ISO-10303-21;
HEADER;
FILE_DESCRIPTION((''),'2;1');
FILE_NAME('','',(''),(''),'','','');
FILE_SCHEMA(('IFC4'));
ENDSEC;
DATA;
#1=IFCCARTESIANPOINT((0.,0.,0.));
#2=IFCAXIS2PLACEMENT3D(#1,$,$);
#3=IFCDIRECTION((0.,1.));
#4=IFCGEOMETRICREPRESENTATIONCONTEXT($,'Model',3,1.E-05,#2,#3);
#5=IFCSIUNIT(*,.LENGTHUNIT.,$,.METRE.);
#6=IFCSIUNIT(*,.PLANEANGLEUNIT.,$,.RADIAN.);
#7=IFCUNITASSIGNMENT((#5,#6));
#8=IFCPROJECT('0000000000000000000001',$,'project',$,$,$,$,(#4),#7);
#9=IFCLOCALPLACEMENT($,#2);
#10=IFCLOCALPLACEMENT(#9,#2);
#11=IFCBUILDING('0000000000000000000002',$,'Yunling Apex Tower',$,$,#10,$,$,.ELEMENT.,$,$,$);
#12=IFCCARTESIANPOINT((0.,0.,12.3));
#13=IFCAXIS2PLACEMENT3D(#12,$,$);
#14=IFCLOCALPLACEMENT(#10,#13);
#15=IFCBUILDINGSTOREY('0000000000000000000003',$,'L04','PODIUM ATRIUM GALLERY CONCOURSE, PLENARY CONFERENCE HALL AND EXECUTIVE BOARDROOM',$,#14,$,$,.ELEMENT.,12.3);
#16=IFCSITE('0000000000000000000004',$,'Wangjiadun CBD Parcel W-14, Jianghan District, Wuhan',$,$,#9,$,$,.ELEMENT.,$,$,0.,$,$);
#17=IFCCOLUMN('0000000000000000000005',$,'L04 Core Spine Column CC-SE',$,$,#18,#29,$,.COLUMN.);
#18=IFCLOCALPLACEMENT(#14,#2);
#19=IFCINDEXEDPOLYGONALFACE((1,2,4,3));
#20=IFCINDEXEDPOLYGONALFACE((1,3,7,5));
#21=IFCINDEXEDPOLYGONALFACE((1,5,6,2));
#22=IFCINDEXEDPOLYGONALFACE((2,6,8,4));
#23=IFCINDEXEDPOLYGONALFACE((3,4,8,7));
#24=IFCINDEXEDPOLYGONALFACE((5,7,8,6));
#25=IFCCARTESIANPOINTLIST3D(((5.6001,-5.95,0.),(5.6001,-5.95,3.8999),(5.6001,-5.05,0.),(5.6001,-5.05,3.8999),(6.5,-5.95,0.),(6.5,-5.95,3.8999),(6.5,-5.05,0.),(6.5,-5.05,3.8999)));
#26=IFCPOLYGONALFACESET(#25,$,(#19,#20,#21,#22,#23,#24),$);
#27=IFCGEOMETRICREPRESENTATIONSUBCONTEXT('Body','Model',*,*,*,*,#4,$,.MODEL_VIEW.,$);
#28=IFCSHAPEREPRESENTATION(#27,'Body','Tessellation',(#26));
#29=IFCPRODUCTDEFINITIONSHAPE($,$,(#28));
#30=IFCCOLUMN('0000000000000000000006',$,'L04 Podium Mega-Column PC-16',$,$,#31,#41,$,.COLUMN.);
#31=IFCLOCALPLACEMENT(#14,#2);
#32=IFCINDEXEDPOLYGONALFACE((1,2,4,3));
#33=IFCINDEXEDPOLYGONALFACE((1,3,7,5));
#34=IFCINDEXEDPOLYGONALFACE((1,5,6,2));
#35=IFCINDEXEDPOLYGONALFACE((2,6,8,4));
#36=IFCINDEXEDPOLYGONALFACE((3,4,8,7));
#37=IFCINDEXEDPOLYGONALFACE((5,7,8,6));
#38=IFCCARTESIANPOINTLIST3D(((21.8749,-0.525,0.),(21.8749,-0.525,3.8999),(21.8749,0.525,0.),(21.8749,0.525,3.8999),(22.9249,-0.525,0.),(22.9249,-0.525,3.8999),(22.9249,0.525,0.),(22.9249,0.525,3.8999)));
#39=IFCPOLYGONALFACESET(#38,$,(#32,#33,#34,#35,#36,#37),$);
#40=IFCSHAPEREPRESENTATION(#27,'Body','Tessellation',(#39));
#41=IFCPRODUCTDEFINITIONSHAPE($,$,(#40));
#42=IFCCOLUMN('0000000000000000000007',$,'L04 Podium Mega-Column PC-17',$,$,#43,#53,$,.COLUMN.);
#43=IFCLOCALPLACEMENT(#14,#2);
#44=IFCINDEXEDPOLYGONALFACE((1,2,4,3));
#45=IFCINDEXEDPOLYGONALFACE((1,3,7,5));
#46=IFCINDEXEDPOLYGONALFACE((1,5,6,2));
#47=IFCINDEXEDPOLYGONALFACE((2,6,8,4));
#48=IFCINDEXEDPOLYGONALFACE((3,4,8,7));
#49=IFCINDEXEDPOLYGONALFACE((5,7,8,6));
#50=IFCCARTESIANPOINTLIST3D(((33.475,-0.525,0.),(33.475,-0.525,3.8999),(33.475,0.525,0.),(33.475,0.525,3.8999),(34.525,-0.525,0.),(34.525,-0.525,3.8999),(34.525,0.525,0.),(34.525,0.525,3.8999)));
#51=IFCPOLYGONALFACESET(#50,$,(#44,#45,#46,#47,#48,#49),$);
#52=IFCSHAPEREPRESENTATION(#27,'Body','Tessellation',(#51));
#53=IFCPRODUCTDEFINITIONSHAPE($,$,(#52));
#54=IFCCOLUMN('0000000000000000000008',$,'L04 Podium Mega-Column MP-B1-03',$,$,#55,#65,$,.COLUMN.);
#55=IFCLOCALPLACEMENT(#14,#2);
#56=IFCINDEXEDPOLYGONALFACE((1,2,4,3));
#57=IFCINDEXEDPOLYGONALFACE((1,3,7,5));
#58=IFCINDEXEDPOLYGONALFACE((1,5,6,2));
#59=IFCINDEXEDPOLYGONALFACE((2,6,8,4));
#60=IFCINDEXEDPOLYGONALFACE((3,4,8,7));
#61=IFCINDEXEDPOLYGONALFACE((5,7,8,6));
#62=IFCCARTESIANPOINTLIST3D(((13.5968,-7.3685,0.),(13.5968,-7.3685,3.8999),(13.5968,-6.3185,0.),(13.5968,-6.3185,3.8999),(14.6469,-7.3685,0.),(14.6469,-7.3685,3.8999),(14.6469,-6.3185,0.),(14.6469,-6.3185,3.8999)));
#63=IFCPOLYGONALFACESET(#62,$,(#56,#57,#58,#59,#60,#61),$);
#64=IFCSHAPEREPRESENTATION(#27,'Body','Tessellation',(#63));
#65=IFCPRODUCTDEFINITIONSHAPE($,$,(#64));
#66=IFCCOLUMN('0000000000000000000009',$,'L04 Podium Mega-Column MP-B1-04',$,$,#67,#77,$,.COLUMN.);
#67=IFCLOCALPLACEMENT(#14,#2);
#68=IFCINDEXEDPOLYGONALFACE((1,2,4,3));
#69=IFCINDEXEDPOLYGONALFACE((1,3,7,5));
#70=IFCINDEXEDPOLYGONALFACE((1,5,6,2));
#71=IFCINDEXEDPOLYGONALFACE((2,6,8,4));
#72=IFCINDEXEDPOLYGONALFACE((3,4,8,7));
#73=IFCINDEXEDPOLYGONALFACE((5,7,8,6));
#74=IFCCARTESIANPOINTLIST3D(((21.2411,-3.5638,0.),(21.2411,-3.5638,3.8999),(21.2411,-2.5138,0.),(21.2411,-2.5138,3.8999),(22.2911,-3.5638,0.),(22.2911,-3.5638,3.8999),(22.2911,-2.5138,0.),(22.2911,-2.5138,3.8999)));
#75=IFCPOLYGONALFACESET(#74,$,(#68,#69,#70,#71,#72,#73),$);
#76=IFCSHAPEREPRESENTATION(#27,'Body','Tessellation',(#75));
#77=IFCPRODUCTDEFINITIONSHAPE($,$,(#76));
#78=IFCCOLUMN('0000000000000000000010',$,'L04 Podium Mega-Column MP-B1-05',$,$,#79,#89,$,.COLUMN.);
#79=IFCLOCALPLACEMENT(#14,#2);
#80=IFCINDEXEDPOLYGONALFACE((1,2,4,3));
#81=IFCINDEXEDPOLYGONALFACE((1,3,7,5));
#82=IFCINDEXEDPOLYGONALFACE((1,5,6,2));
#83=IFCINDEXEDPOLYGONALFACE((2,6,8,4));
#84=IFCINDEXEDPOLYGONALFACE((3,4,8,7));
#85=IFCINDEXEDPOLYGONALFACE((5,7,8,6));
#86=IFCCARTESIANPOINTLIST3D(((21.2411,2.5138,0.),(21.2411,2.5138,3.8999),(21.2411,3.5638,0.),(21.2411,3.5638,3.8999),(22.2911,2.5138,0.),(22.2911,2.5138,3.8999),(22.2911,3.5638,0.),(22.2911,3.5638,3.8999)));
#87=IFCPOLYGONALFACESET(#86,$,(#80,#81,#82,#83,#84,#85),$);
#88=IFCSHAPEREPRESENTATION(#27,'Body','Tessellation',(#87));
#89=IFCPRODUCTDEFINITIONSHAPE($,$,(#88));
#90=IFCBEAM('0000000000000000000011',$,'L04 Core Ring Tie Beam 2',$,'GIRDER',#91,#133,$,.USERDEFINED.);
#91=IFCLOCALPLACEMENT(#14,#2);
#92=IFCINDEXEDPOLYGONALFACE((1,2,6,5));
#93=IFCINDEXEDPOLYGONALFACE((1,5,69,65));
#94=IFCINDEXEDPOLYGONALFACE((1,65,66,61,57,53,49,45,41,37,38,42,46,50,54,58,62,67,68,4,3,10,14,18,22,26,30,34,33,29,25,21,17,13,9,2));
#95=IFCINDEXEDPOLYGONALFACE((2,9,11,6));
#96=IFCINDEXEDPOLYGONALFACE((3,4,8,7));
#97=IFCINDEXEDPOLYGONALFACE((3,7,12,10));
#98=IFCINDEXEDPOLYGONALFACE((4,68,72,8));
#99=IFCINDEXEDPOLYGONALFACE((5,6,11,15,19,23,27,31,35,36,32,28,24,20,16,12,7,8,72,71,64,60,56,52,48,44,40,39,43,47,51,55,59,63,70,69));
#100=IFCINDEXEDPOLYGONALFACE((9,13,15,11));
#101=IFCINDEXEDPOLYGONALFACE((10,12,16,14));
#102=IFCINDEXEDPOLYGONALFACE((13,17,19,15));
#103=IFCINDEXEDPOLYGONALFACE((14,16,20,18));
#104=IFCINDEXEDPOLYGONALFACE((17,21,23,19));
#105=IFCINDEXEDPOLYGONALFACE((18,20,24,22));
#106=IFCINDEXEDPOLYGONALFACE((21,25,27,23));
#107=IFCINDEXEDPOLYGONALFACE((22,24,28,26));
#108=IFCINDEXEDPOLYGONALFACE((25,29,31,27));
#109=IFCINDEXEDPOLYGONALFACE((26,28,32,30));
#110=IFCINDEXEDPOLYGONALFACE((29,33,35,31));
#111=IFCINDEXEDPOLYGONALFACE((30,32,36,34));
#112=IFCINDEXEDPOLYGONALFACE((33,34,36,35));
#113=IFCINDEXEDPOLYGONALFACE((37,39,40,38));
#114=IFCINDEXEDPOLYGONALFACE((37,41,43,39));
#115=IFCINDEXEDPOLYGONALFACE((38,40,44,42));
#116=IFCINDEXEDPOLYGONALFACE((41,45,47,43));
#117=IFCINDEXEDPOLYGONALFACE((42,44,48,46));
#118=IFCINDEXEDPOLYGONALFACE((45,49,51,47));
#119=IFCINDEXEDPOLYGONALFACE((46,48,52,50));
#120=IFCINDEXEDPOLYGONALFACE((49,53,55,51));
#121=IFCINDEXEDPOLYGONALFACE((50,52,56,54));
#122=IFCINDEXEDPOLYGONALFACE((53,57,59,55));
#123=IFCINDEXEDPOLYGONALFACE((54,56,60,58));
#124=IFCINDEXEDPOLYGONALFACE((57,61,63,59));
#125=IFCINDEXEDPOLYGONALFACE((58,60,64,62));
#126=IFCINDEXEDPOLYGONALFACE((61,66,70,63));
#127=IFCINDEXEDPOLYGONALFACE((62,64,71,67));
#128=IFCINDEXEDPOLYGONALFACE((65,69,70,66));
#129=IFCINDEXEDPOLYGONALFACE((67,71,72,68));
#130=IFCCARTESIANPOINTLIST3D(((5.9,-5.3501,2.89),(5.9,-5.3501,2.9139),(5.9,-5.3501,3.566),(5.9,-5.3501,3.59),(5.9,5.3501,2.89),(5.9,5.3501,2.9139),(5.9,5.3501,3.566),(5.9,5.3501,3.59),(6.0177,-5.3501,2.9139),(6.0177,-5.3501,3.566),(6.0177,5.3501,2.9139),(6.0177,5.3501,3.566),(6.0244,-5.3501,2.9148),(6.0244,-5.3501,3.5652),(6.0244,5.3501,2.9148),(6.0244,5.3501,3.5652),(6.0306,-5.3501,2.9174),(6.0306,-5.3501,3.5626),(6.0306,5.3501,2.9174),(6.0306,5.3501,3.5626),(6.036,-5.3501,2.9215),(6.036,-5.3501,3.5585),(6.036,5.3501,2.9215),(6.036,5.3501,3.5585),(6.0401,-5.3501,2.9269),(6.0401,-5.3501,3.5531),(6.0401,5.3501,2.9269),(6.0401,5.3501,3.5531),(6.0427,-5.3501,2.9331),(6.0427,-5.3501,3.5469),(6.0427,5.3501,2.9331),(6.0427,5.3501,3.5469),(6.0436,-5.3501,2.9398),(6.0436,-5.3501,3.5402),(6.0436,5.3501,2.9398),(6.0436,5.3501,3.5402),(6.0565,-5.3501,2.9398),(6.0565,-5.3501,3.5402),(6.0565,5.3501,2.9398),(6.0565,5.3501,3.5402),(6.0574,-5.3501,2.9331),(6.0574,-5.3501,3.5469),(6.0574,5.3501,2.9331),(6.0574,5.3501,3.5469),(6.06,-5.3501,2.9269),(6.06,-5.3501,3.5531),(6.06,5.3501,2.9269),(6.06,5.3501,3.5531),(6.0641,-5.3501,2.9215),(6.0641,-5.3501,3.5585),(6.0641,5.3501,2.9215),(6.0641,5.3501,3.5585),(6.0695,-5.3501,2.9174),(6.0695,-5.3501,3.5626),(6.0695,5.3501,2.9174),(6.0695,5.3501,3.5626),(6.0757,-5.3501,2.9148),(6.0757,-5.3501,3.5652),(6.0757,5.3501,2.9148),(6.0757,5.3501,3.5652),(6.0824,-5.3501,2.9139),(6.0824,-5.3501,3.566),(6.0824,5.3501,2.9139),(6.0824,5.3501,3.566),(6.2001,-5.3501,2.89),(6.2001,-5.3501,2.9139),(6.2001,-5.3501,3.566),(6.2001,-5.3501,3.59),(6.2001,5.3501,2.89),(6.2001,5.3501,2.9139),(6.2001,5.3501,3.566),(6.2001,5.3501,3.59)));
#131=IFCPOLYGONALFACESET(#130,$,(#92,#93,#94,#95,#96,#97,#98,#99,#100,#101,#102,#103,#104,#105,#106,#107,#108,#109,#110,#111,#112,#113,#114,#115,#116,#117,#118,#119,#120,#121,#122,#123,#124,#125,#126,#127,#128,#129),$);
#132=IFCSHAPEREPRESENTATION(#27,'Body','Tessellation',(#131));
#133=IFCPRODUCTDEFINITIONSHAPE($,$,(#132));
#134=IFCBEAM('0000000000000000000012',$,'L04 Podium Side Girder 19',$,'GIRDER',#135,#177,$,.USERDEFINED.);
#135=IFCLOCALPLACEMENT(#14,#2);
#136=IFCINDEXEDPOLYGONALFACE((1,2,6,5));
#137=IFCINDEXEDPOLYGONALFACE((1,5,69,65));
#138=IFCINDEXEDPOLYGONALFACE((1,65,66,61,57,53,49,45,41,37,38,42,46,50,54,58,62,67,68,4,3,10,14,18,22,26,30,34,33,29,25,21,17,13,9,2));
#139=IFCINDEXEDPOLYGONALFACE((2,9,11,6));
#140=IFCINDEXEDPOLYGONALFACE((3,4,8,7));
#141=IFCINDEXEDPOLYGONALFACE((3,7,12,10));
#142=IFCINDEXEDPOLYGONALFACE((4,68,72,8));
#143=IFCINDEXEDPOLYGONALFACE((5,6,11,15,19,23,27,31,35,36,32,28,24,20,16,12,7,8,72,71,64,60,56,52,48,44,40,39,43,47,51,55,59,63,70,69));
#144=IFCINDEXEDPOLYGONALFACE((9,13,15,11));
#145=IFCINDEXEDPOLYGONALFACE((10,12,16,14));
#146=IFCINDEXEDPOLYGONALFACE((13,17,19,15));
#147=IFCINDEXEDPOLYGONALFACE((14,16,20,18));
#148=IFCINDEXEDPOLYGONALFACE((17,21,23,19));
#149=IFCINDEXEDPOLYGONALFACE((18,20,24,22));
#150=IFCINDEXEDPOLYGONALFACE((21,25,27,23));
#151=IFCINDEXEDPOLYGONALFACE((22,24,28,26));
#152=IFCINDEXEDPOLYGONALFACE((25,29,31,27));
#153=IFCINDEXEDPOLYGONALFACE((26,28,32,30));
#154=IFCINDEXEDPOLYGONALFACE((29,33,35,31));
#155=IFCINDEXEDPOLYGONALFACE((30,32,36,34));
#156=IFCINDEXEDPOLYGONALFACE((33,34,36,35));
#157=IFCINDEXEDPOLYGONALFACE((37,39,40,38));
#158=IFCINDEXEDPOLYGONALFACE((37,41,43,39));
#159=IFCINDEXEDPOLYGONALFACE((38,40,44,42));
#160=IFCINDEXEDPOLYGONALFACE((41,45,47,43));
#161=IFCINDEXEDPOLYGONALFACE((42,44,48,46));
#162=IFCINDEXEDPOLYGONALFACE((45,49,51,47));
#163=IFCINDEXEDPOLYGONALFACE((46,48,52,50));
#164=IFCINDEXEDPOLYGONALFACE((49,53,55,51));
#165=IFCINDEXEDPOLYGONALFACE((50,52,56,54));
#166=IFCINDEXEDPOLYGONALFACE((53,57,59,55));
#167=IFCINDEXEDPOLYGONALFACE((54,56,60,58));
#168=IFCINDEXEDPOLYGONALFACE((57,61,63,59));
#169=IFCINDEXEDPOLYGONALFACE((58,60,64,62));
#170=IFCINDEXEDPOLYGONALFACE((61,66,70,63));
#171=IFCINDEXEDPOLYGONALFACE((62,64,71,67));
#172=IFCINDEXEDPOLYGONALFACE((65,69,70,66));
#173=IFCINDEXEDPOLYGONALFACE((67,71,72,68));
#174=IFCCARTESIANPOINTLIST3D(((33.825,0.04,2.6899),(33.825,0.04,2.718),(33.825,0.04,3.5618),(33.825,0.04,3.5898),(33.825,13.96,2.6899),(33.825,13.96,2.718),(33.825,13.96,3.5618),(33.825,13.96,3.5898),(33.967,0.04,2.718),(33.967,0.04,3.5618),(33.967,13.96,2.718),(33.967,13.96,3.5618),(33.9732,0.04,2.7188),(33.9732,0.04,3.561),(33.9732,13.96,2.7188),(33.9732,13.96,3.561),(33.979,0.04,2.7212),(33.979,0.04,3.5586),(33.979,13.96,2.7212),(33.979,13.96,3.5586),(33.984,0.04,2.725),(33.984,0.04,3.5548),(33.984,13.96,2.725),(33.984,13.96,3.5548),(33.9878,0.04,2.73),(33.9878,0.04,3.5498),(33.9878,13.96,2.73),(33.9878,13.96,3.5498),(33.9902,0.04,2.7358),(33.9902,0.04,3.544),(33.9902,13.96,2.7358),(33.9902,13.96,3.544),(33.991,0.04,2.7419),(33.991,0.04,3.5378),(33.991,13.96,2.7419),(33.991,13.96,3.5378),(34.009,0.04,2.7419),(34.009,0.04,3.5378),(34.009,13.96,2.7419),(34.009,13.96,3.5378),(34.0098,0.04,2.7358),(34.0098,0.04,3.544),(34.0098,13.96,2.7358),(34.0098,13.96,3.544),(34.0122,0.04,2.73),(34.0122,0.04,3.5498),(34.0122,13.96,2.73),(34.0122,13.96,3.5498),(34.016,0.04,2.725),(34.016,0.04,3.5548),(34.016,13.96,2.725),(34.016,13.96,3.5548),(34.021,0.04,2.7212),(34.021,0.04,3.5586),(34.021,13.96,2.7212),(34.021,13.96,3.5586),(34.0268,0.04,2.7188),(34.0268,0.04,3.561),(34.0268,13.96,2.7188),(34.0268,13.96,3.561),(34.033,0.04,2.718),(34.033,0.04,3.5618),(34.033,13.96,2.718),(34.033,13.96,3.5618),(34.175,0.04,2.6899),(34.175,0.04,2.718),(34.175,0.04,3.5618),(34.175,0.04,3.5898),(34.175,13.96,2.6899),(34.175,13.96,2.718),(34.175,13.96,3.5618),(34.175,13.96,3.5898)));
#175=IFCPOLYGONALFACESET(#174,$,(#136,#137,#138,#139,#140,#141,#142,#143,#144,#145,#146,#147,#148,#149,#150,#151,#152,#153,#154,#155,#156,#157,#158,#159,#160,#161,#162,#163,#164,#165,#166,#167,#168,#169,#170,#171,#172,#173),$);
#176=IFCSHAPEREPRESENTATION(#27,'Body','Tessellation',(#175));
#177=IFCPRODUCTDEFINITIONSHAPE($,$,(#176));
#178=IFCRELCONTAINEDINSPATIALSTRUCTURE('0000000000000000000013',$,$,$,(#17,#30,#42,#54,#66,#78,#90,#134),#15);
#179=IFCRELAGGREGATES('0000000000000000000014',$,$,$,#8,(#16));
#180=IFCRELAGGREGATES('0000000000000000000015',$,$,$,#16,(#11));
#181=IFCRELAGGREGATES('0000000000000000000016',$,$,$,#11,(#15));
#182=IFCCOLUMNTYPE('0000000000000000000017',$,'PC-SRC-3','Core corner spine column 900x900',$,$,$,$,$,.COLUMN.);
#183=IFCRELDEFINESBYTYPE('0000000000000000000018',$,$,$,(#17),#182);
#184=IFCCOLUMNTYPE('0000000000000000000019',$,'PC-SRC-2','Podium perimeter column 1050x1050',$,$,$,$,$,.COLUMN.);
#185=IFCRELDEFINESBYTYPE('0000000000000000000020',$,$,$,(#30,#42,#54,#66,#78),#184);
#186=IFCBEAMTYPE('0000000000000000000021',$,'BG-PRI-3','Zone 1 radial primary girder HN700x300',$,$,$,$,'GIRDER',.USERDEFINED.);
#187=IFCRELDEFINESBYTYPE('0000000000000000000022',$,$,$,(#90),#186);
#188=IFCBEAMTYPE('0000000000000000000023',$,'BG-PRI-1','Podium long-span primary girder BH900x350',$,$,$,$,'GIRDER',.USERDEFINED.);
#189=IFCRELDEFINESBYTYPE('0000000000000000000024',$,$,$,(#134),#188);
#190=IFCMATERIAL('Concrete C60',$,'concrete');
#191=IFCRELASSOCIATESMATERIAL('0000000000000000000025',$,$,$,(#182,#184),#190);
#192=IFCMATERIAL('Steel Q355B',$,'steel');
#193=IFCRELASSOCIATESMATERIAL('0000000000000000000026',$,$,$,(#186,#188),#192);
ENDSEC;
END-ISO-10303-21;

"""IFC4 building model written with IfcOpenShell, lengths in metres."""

from ifc_helpers import new_model, si_unit, direction, frame, origin, origin_2d, place, context, subcontext, project, spatial, rectangle, i_section, extrude, source, transform, mapped, material, material_profile, profile_set, type_object, element, save


model = new_model("IFC4")

# Units and contexts
model_context = context("Model", 3, precision=1e-05, world=origin(), true_north=direction((0.0, 1.0)))
body_context = subcontext(model_context, "Body", "Model", "MODEL_VIEW")
ifc_project = project(units=[si_unit("LENGTHUNIT", "METRE"), si_unit("PLANEANGLEUNIT", "RADIAN")], contexts=[model_context])

# Site, building, storey
site_placement = place(None, origin())
site = spatial("IfcSite", under=ifc_project, at=site_placement, Name="Wangjiadun CBD Parcel W-14, Jianghan District, Wuhan", CompositionType="ELEMENT", RefElevation=0.0)
building_placement = place(site_placement, origin())
building = spatial("IfcBuilding", under=site, at=building_placement, Name="Yunling Apex Tower", CompositionType="ELEMENT")
storey_placement = place(building_placement, frame((0.0, 0.0, 12.3)))
storey = spatial("IfcBuildingStorey", under=building, at=storey_placement, Name="L04", Description="PODIUM ATRIUM GALLERY CONCOURSE, PLENARY CONFERENCE HALL AND EXECUTIVE BOARDROOM", CompositionType="ELEMENT", Elevation=12.3)

# Columns
ifc_material_1 = material(Name="Concrete C60", Category="concrete")
ifc_material_profile_1 = material_profile(ifc_material_1, rectangle(XDim=0.8999, YDim=0.8999, at=origin_2d()))
ifc_profile_set_1 = profile_set([ifc_material_profile_1], Name="Concrete C60")
column_type_1 = type_object("IfcColumnType", Name="PC-SRC-3", Description="Core corner spine column 900x900", PredefinedType="COLUMN", material=ifc_profile_set_1)
shared_shape_1 = source(origin(), body_context, "Body", "SweptSolid", [
    extrude(rectangle(XDim=0.8999, YDim=0.8999, at=origin_2d()), origin(), (0.0, 0.0, 1.0), 3.8999),
])
column_placement = place(storey_placement, frame((6.05, -5.5, 0.0), z_axis=(0.0, 0.0, 1.0), x_axis=(1.0, 0.0, 0.0)))
element("IfcColumn", 1, at=column_placement, inside=storey, type_object=column_type_1, Name="L04 Core Spine Column CC-SE", PredefinedType="COLUMN", context=body_context, shape_type="MappedRepresentation", body=[
    mapped(shared_shape_1, transform((0.0, 0.0, 0.0), scale=1.0)),
])
ifc_material_profile_2 = material_profile(ifc_material_1, rectangle(XDim=1.05, YDim=1.05, at=origin_2d()))
ifc_profile_set_2 = profile_set([ifc_material_profile_2], Name="Concrete C60")
column_type_2 = type_object("IfcColumnType", Name="PC-SRC-2", Description="Podium perimeter column 1050x1050", PredefinedType="COLUMN", material=ifc_profile_set_2)
shared_shape_2 = source(origin(), body_context, "Body", "SweptSolid", [
    extrude(rectangle(XDim=1.05, YDim=1.05, at=origin_2d()), origin(), (0.0, 0.0, 1.0), 3.8999),
])
for number, where, z_axis, x_axis, name in (
    (2, (22.3999, 0.0, 0.0), (0.0, 0.0, 1.0), (1.0, 0.0, 0.0), "L04 Podium Mega-Column PC-16"),
    (3, (34.0, 0.0, 0.0), (0.0, 0.0, 1.0), (1.0, 0.0, 0.0), "L04 Podium Mega-Column PC-17"),
    (4, (14.1218, -6.8435, 0.0), (0.0, 0.0, 1.0), (1.0, 0.0, 0.0), "L04 Podium Mega-Column MP-B1-03"),
    (5, (21.7661, -3.0388, 0.0), (0.0, 0.0, 1.0), (1.0, 0.0, 0.0), "L04 Podium Mega-Column MP-B1-04"),
    (6, (21.7661, 3.0388, 0.0), (0.0, 0.0, 1.0), (1.0, 0.0, 0.0), "L04 Podium Mega-Column MP-B1-05"),
):
    element("IfcColumn", number, at=place(storey_placement, frame(where, z_axis=z_axis, x_axis=x_axis)), inside=storey, type_object=column_type_2, Name=name, PredefinedType="COLUMN", context=body_context, shape_type="MappedRepresentation", body=[
        mapped(shared_shape_2, transform((0.0, 0.0, 0.0), scale=1.0)),
    ])

# Beams
ifc_material_2 = material(Name="Steel Q355B", Category="steel")
ifc_material_profile_3 = material_profile(ifc_material_2, i_section(OverallWidth=0.3, OverallDepth=0.7, WebThickness=0.0129, FlangeThickness=0.0239, FilletRadius=0.0259, at=origin_2d()))
ifc_profile_set_3 = profile_set([ifc_material_profile_3], Name="Steel Q355B")
beam_type_1 = type_object("IfcBeamType", Name="BG-PRI-3", Description="Zone 1 radial primary girder HN700x300", ElementType="GIRDER", PredefinedType="USERDEFINED", material=ifc_profile_set_3)
shared_shape_3 = source(origin(), body_context, "Body", "SweptSolid", [
    extrude(i_section(OverallWidth=0.3, OverallDepth=0.7, WebThickness=0.0129, FlangeThickness=0.0239, FilletRadius=0.0259, at=origin_2d()), origin(), (0.0, 0.0, 1.0), 10.7002),
])
beam_1_placement = place(storey_placement, frame((6.05, -5.3501, 3.24), z_axis=(0.0, 1.0, 0.0), x_axis=(-1.0, 0.0, 0.0)))
element("IfcBeam", 7, at=beam_1_placement, inside=storey, type_object=beam_type_1, Name="L04 Core Ring Tie Beam 2", ObjectType="GIRDER", PredefinedType="USERDEFINED", context=body_context, shape_type="MappedRepresentation", body=[
    mapped(shared_shape_3, transform((0.0, 0.0, 0.0), scale=1.0)),
])
ifc_material_profile_4 = material_profile(ifc_material_2, i_section(OverallWidth=0.3501, OverallDepth=0.8999, WebThickness=0.0181, FlangeThickness=0.0281, FilletRadius=0.0239, at=origin_2d()))
ifc_profile_set_4 = profile_set([ifc_material_profile_4], Name="Steel Q355B")
beam_type_2 = type_object("IfcBeamType", Name="BG-PRI-1", Description="Podium long-span primary girder BH900x350", ElementType="GIRDER", PredefinedType="USERDEFINED", material=ifc_profile_set_4)
shared_shape_4 = source(origin(), body_context, "Body", "SweptSolid", [
    extrude(i_section(OverallWidth=0.3501, OverallDepth=0.8999, WebThickness=0.0181, FlangeThickness=0.0281, FilletRadius=0.0239, at=origin_2d()), origin(), (0.0, 0.0, 1.0), 13.9199),
])
beam_2_placement = place(storey_placement, frame((34.0, 0.04, 3.1399), z_axis=(0.0, 1.0, 0.0), x_axis=(-1.0, 0.0, 0.0)))
element("IfcBeam", 8, at=beam_2_placement, inside=storey, type_object=beam_type_2, Name="L04 Podium Side Girder 19", ObjectType="GIRDER", PredefinedType="USERDEFINED", context=body_context, shape_type="MappedRepresentation", body=[
    mapped(shared_shape_4, transform((0.0, 0.0, 0.0), scale=1.0)),
])

save(model, "model.ifc")
